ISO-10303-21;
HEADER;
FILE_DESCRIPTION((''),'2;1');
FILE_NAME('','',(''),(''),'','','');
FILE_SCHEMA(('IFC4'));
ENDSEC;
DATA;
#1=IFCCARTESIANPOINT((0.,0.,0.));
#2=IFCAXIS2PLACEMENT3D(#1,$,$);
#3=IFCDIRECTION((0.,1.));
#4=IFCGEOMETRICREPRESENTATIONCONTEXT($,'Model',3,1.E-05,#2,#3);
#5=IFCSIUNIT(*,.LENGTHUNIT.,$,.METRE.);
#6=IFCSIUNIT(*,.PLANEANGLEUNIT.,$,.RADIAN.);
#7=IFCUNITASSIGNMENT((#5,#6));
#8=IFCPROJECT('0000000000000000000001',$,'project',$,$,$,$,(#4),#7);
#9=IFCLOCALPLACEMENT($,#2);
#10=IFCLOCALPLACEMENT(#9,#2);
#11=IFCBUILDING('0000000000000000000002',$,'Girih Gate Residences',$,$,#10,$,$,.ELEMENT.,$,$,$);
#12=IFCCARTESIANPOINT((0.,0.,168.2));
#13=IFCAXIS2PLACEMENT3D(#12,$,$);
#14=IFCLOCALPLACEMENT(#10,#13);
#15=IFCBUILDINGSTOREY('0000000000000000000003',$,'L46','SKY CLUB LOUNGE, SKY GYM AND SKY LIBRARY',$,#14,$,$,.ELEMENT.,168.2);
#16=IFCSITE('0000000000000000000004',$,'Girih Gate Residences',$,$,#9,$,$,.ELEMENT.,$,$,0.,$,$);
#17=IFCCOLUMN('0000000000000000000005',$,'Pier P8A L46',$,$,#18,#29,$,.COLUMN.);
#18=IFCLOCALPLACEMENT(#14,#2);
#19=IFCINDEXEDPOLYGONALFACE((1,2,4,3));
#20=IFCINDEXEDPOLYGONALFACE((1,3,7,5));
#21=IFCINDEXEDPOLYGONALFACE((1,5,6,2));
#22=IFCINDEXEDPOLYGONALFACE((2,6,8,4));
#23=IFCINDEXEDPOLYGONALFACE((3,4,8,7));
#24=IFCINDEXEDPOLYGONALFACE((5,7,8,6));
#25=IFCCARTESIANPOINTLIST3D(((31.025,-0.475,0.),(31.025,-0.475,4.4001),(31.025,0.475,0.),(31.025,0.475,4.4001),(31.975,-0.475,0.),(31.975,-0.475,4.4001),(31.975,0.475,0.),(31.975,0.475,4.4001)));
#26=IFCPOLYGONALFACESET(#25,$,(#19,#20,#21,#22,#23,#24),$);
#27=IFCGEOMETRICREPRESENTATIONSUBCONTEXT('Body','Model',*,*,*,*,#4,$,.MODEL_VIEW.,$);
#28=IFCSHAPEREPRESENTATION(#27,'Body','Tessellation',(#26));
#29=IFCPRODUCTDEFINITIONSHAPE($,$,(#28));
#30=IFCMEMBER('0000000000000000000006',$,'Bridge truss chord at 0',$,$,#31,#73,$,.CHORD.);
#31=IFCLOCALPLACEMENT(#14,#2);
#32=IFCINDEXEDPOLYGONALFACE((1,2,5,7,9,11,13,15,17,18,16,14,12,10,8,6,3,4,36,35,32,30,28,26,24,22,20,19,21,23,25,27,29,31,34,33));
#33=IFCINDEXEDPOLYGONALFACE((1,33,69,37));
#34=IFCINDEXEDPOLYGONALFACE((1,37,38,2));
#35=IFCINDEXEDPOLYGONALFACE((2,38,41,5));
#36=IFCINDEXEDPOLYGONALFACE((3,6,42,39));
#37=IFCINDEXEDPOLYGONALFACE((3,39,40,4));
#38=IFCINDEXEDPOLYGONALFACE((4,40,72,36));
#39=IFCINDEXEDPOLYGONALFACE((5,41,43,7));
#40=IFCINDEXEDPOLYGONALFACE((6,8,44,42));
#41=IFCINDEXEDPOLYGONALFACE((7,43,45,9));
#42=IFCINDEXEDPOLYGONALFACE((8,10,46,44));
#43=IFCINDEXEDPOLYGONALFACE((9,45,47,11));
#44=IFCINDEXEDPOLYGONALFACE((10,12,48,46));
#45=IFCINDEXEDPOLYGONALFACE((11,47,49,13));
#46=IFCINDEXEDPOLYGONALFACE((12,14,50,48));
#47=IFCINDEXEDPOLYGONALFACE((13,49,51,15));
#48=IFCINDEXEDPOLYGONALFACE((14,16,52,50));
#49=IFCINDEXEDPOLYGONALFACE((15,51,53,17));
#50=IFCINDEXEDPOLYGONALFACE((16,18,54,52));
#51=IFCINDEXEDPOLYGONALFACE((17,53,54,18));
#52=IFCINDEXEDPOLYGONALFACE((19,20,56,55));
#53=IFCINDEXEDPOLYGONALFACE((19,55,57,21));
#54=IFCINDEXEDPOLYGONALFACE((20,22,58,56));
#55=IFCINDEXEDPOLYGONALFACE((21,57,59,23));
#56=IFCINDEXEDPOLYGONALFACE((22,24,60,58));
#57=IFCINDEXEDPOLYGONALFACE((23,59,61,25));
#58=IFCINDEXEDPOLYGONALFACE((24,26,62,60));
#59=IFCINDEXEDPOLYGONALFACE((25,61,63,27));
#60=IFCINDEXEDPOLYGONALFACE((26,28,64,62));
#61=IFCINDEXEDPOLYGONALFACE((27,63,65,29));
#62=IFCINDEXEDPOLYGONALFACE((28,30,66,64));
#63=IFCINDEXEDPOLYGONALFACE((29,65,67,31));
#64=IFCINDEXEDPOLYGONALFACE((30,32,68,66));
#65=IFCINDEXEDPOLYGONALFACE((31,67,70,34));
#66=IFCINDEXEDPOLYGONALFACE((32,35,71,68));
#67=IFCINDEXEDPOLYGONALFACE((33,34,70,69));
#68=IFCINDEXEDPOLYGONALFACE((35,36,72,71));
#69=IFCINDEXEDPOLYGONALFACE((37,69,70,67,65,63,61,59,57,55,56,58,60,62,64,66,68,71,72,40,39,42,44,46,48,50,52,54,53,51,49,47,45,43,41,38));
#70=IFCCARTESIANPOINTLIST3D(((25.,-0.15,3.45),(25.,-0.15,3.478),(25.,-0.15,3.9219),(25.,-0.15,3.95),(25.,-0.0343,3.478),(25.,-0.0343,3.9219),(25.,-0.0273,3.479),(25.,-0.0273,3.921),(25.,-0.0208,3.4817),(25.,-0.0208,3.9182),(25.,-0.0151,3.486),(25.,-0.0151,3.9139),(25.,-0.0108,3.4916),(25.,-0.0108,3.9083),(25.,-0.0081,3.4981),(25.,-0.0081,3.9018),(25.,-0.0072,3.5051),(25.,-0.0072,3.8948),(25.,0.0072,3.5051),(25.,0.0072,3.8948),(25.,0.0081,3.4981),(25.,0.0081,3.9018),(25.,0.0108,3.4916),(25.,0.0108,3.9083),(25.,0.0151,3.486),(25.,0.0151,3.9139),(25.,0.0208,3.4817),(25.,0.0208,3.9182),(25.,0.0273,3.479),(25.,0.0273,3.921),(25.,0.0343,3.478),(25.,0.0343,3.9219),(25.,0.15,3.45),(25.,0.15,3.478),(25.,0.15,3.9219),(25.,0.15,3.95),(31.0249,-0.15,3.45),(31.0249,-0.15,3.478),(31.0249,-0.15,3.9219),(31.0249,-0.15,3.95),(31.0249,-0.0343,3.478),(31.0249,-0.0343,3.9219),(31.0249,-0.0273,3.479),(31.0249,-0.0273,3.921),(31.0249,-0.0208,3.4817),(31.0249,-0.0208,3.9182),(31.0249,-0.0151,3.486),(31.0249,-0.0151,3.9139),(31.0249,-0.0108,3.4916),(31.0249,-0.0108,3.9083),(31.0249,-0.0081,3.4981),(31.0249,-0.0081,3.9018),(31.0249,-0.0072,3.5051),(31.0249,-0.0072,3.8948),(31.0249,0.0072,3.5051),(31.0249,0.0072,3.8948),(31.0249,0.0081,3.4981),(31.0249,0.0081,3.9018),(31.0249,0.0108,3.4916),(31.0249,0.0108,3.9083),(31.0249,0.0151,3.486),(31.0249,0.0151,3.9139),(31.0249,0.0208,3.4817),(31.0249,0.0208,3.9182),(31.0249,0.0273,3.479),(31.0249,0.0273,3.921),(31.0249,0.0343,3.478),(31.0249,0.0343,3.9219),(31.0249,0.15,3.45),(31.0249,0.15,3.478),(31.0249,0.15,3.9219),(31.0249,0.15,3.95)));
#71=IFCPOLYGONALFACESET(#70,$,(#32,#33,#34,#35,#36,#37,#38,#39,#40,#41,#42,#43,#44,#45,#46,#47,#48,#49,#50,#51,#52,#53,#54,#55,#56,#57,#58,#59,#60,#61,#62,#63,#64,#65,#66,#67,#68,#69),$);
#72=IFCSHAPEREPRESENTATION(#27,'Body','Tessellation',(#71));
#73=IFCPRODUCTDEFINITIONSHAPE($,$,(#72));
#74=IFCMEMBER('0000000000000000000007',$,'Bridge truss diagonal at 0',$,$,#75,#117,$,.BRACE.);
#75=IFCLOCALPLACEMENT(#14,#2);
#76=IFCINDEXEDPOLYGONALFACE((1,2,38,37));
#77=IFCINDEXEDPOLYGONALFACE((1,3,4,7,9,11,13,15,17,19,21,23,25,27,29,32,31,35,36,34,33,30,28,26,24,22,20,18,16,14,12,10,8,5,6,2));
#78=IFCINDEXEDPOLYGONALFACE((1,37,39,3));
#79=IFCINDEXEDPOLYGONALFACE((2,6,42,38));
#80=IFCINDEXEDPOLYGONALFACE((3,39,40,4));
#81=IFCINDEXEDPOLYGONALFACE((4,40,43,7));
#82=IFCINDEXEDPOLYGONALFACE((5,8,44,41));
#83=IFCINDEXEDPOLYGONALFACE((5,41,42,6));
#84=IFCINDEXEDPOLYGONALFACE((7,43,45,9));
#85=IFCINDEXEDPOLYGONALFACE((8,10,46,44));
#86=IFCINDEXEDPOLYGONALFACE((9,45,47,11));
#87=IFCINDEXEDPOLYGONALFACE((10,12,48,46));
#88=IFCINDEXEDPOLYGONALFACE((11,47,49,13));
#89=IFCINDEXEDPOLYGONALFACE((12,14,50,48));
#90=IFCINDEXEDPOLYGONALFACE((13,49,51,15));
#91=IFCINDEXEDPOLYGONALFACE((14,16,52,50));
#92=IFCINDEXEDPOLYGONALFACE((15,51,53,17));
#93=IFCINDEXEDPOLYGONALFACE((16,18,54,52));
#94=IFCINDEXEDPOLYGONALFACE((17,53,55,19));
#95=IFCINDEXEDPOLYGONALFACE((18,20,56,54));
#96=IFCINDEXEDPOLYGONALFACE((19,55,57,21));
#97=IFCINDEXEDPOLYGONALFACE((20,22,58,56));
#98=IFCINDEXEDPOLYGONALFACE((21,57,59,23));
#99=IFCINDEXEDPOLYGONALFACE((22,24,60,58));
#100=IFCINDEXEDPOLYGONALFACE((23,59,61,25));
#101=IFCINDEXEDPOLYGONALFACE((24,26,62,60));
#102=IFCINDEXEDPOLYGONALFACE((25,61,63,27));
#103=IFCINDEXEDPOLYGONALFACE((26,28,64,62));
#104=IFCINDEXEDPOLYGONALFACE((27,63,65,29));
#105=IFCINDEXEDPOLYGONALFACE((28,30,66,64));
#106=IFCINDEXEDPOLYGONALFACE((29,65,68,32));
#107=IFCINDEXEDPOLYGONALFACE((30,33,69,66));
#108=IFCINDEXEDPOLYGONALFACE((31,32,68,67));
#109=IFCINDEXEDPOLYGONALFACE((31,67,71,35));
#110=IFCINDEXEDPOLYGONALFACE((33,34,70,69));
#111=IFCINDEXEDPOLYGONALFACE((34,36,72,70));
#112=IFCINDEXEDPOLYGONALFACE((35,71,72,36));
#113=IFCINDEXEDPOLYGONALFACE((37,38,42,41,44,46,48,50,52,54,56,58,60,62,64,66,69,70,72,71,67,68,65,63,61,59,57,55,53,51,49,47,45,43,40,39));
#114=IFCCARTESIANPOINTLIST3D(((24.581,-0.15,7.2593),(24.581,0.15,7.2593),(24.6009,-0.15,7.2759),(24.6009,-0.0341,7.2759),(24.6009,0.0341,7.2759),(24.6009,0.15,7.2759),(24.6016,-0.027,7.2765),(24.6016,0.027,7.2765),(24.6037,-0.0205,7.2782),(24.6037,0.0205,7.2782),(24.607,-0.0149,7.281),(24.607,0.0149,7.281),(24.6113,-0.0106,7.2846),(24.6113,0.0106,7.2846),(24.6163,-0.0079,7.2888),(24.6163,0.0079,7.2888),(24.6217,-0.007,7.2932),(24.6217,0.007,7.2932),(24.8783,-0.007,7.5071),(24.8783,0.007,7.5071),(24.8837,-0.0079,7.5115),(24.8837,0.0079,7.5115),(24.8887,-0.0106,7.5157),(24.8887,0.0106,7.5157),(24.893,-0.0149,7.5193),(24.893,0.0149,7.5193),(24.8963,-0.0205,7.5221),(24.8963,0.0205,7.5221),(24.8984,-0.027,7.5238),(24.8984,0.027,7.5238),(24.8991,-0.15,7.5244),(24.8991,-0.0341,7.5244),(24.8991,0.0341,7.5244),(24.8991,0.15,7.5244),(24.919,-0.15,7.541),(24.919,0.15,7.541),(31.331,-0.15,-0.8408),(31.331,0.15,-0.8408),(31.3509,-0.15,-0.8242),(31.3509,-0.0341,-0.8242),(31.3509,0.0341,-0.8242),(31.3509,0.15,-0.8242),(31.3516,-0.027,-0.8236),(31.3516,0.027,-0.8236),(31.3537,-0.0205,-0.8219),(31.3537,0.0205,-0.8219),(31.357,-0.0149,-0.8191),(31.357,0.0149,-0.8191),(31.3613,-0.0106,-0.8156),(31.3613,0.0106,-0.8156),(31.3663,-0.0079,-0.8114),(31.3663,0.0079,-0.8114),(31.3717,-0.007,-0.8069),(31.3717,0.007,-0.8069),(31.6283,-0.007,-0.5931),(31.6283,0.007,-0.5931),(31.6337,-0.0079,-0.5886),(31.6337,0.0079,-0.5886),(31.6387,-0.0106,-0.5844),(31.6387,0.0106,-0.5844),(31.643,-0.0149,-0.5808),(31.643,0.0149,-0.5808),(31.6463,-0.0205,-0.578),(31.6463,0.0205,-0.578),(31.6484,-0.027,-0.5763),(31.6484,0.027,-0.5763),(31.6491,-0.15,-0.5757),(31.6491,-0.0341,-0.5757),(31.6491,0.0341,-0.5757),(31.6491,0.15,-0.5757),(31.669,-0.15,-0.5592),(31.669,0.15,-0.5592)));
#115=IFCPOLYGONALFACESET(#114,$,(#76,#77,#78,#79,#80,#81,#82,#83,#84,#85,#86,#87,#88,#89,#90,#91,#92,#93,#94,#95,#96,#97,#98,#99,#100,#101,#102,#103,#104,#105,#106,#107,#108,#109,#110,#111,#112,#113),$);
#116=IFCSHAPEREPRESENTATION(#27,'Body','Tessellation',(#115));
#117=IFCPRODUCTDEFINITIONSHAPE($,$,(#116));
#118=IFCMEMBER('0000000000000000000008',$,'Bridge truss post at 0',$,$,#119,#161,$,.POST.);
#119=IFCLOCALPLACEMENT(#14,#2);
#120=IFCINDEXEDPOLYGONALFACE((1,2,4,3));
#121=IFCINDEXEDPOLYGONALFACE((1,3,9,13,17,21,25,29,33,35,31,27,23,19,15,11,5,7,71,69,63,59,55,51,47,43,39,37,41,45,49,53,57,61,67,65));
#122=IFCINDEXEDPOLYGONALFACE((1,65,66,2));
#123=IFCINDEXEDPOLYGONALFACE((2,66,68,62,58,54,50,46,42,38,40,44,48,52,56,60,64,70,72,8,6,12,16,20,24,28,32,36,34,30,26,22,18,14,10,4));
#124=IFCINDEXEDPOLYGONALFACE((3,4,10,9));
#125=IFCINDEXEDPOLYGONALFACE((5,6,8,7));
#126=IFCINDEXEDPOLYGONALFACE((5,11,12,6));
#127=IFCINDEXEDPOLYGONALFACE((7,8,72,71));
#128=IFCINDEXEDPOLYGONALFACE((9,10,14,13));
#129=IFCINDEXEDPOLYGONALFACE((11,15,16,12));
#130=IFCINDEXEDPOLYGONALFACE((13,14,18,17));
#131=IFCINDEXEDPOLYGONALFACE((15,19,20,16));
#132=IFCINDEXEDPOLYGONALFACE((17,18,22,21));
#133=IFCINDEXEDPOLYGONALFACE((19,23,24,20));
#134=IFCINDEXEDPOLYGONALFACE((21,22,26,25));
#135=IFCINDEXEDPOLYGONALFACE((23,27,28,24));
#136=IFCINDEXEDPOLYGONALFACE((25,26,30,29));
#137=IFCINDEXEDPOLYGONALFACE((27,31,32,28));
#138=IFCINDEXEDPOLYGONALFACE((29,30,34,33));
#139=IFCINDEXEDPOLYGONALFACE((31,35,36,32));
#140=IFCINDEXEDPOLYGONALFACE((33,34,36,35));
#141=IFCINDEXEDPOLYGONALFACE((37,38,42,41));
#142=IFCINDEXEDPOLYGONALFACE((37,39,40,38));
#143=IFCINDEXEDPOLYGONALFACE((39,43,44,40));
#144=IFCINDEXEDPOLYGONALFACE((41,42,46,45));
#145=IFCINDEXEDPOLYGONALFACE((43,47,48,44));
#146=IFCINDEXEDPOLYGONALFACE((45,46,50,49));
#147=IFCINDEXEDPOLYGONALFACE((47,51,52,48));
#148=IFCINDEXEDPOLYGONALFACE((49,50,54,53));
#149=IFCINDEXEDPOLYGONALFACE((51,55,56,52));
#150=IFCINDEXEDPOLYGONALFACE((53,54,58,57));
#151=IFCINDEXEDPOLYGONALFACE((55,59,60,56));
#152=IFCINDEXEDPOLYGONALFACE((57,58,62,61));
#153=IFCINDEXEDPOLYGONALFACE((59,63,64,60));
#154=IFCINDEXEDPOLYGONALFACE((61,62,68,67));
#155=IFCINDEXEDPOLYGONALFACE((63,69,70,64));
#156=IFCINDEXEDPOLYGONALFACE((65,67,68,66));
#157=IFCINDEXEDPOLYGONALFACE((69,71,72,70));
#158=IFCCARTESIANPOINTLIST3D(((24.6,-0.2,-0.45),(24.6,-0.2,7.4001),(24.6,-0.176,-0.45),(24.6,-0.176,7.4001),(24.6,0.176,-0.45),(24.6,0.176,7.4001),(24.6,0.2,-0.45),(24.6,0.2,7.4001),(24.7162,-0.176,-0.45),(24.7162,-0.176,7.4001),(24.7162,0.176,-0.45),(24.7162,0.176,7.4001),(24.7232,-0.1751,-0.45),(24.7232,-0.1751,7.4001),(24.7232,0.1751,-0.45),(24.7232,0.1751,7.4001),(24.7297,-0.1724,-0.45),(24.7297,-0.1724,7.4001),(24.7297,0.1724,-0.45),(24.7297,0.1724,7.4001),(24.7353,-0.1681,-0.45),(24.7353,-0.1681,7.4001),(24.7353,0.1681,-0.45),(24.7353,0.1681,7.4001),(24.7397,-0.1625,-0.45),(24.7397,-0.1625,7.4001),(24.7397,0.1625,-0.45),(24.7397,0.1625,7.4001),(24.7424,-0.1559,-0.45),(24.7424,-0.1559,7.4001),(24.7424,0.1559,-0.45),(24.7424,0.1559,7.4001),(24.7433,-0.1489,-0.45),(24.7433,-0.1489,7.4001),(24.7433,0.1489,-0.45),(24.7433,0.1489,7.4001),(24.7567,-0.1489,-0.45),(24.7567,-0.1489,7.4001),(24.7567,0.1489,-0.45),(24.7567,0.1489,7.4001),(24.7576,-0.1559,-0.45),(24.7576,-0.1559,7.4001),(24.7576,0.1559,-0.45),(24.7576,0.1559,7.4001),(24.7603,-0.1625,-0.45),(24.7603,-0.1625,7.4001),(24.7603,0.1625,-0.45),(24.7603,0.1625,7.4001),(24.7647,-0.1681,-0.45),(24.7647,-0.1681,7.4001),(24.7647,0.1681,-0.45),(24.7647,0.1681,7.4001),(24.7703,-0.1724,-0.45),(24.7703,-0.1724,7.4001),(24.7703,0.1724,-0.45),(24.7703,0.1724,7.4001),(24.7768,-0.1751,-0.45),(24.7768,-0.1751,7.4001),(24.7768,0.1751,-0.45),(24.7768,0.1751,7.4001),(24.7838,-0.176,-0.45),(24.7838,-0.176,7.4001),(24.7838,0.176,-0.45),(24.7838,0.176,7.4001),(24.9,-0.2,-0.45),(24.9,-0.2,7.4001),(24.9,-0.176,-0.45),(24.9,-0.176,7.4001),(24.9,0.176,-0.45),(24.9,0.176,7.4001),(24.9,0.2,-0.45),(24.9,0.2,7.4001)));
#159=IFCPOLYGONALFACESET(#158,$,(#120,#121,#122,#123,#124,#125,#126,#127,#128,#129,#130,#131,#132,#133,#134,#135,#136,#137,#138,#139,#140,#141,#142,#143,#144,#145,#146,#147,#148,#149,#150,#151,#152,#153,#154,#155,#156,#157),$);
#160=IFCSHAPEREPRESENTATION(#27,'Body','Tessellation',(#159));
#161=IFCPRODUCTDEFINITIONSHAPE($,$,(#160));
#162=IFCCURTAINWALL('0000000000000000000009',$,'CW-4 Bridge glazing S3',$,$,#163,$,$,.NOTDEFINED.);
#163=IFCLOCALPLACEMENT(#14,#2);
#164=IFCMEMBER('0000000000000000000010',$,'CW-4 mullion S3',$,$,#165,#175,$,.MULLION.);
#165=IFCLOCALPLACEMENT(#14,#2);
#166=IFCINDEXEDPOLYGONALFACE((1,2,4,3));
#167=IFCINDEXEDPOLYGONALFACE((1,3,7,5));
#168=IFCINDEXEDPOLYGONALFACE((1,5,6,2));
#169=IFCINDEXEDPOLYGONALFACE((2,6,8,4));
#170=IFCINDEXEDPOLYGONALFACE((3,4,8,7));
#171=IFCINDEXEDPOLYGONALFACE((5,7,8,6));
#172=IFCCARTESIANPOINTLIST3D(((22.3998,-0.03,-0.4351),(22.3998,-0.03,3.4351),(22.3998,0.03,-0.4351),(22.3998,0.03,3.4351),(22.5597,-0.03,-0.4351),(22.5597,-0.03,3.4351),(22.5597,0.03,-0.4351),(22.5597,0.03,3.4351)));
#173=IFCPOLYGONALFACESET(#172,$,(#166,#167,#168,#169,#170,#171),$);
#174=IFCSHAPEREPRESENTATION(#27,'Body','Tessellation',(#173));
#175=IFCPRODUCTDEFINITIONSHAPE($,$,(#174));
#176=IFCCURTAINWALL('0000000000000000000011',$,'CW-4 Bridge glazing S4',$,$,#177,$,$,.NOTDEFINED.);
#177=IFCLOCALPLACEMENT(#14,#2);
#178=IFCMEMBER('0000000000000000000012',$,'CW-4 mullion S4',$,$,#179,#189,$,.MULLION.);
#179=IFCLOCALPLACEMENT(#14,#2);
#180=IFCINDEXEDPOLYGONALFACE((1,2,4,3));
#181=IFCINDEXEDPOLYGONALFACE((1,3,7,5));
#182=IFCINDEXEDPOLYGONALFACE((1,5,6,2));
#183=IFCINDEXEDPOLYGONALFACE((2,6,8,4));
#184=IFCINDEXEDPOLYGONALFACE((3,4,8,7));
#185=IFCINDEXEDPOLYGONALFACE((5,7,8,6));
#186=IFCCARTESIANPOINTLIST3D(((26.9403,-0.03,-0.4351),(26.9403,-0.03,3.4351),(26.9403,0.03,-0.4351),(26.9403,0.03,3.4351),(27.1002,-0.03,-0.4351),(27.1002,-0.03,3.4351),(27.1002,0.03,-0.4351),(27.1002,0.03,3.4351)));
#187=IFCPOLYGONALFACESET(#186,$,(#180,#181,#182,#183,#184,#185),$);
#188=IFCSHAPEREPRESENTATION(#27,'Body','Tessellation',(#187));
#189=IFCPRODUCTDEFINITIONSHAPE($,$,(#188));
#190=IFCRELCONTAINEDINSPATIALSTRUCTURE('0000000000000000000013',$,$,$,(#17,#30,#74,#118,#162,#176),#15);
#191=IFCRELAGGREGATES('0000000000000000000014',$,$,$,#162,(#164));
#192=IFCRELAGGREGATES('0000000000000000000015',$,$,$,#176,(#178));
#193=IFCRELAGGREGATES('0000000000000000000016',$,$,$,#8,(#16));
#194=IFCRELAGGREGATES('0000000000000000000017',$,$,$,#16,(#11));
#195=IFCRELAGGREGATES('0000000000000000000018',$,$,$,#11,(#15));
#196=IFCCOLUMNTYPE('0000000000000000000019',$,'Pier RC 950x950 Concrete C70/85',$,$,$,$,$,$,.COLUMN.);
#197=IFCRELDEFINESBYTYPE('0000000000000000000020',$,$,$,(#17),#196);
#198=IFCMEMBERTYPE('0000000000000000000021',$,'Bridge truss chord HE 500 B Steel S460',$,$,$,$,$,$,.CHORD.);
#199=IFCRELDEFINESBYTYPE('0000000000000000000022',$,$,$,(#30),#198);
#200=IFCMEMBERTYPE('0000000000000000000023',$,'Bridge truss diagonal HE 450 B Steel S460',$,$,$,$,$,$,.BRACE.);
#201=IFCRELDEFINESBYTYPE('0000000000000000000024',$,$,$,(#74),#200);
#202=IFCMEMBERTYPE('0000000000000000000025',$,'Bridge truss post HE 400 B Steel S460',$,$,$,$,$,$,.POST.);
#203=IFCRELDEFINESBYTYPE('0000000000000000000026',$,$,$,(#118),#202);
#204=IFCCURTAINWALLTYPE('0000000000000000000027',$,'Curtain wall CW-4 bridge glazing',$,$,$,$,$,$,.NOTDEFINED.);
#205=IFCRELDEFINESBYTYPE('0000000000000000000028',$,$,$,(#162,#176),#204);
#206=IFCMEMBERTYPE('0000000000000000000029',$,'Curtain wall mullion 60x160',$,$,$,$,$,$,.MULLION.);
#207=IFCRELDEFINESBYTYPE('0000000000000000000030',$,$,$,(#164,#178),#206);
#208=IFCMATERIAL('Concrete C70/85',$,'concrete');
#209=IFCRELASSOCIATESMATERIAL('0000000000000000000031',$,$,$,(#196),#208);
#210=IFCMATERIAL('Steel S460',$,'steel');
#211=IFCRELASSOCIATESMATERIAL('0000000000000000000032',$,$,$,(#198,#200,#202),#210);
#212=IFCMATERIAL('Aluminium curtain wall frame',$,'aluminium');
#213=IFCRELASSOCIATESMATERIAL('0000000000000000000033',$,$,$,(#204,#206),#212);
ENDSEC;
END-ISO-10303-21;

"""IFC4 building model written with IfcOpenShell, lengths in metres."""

from ifc_helpers import new_model, si_unit, direction, frame, origin, origin_2d, place, context, subcontext, project, spatial, rectangle, i_section, extrude, material, material_profile, profile_set, type_object, element, aggregate, save


model = new_model("IFC4")

# Units and contexts
model_context = context("Model", 3, precision=1e-05, world=origin(), true_north=direction((0.0, 1.0)))
body_context = subcontext(model_context, "Body", "Model", "MODEL_VIEW")
ifc_project = project(units=[si_unit("LENGTHUNIT", "METRE"), si_unit("PLANEANGLEUNIT", "RADIAN")], contexts=[model_context])

# Site, building, storey
site_placement = place(None, origin())
site = spatial("IfcSite", under=ifc_project, at=site_placement, Name="Girih Gate Residences", CompositionType="ELEMENT", RefElevation=0.0)
building_placement = place(site_placement, origin())
building = spatial("IfcBuilding", under=site, at=building_placement, Name="Girih Gate Residences", CompositionType="ELEMENT")
storey_placement = place(building_placement, frame((0.0, 0.0, 168.2)))
storey = spatial("IfcBuildingStorey", under=building, at=storey_placement, Name="L46", Description="SKY CLUB LOUNGE, SKY GYM AND SKY LIBRARY", CompositionType="ELEMENT", Elevation=168.2)

# Column
ifc_material_1 = material(Name="Concrete C70/85", Category="concrete")
ifc_material_profile_1 = material_profile(ifc_material_1, rectangle(XDim=0.95, YDim=0.95, at=origin_2d()))
ifc_profile_set_1 = profile_set([ifc_material_profile_1], Name="Concrete C70/85")
column_type = type_object("IfcColumnType", Name="Pier RC 950x950 Concrete C70/85", PredefinedType="COLUMN", material=ifc_profile_set_1)
column_placement = place(storey_placement, frame((31.5, 0.0, 0.0), z_axis=(0.0, 0.0, 1.0), x_axis=(1.0, 0.0, 0.0)))
element("IfcColumn", 1, at=column_placement, inside=storey, type_object=column_type, Name="Pier P8A L46", PredefinedType="COLUMN", context=body_context, shape_type="SweptSolid", body=[
    extrude(rectangle(XDim=0.95, YDim=0.95, at=origin_2d()), origin(), (0.0, 0.0, 1.0), 4.4001),
])

# Members
ifc_material_2 = material(Name="Steel S460", Category="steel")
ifc_material_profile_2 = material_profile(ifc_material_2, i_section(OverallWidth=0.3, OverallDepth=0.5, WebThickness=0.0144, FlangeThickness=0.0281, FilletRadius=0.0271, at=origin_2d()))
ifc_profile_set_2 = profile_set([ifc_material_profile_2], Name="Steel S460")
member_type_1 = type_object("IfcMemberType", Name="Bridge truss chord HE 500 B Steel S460", PredefinedType="CHORD", material=ifc_profile_set_2)
member_1_placement = place(storey_placement, frame((25.0, 0.0, 3.7), z_axis=(1.0, 0.0, 0.0), x_axis=(0.0, 1.0, 0.0)))
element("IfcMember", 2, at=member_1_placement, inside=storey, type_object=member_type_1, Name="Bridge truss chord at 0", PredefinedType="CHORD", context=body_context, shape_type="SweptSolid", body=[
    extrude(i_section(OverallWidth=0.3, OverallDepth=0.5, WebThickness=0.0144, FlangeThickness=0.0281, FilletRadius=0.0271, at=origin_2d()), origin(), (0.0, 0.0, 1.0), 6.0249),
])
ifc_material_profile_3 = material_profile(ifc_material_2, i_section(OverallWidth=0.3, OverallDepth=0.4399, WebThickness=0.0139, FlangeThickness=0.0259, FilletRadius=0.0271, at=origin_2d()))
ifc_profile_set_3 = profile_set([ifc_material_profile_3], Name="Steel S460")
member_type_2 = type_object("IfcMemberType", Name="Bridge truss diagonal HE 450 B Steel S460", PredefinedType="BRACE", material=ifc_profile_set_3)
member_2_placement = place(storey_placement, frame((24.75, 0.0, 7.4001), z_axis=(0.64018, 0.0, -0.768225), x_axis=(0.0, 1.0, 0.0)))
element("IfcMember", 3, at=member_2_placement, inside=storey, type_object=member_type_2, Name="Bridge truss diagonal at 0", PredefinedType="BRACE", context=body_context, shape_type="SweptSolid", body=[
    extrude(i_section(OverallWidth=0.3, OverallDepth=0.4399, WebThickness=0.0139, FlangeThickness=0.0259, FilletRadius=0.0271, at=origin_2d()), origin(), (0.0, 0.0, 1.0), 10.5439),
])
ifc_material_profile_4 = material_profile(ifc_material_2, i_section(OverallWidth=0.3, OverallDepth=0.3999, WebThickness=0.0134, FlangeThickness=0.0239, FilletRadius=0.0271, at=origin_2d()))
ifc_profile_set_4 = profile_set([ifc_material_profile_4], Name="Steel S460")
member_type_3 = type_object("IfcMemberType", Name="Bridge truss post HE 400 B Steel S460", PredefinedType="POST", material=ifc_profile_set_4)
member_3_placement = place(storey_placement, frame((24.75, 0.0, -0.45), z_axis=(0.0, 0.0, 1.0), x_axis=(1.0, 0.0, 0.0)))
element("IfcMember", 4, at=member_3_placement, inside=storey, type_object=member_type_3, Name="Bridge truss post at 0", PredefinedType="POST", context=body_context, shape_type="SweptSolid", body=[
    extrude(i_section(OverallWidth=0.3, OverallDepth=0.3999, WebThickness=0.0134, FlangeThickness=0.0239, FilletRadius=0.0271, at=origin_2d()), origin(), (0.0, 0.0, 1.0), 7.8501),
])

# Curtain walls, members
ifc_material_3 = material(Name="Aluminium curtain wall frame", Category="aluminium")
curtain_wall_type = type_object("IfcCurtainWallType", Name="Curtain wall CW-4 bridge glazing", PredefinedType="NOTDEFINED", material=ifc_material_3)
curtain_wall_1_placement = place(storey_placement, origin())
curtain_wall_1 = element("IfcCurtainWall", 5, at=curtain_wall_1_placement, inside=storey, type_object=curtain_wall_type, Name="CW-4 Bridge glazing S3", PredefinedType="NOTDEFINED")
ifc_material_profile_5 = material_profile(ifc_material_3, rectangle(XDim=0.0601, YDim=0.1599, at=origin_2d()))
ifc_profile_set_5 = profile_set([ifc_material_profile_5], Name="Aluminium curtain wall frame")
member_type_4 = type_object("IfcMemberType", Name="Curtain wall mullion 60x160", PredefinedType="MULLION", material=ifc_profile_set_5)
member_4_placement = place(storey_placement, frame((22.4797, 0.0, -0.4351), z_axis=(0.0, 0.0, 1.0), x_axis=(0.0, 1.0, 0.0)))
member_4 = element("IfcMember", 6, at=member_4_placement, type_object=member_type_4, Name="CW-4 mullion S3", PredefinedType="MULLION", context=body_context, shape_type="SweptSolid", body=[
    extrude(rectangle(XDim=0.0601, YDim=0.1599, at=origin_2d()), origin(), (0.0, 0.0, 1.0), 3.8701),
])
curtain_wall_2_placement = place(storey_placement, origin())
curtain_wall_2 = element("IfcCurtainWall", 7, at=curtain_wall_2_placement, inside=storey, type_object=curtain_wall_type, Name="CW-4 Bridge glazing S4", PredefinedType="NOTDEFINED")
member_5_placement = place(storey_placement, frame((27.0203, 0.0, -0.4351), z_axis=(0.0, 0.0, 1.0), x_axis=(0.0, 1.0, 0.0)))
member_5 = element("IfcMember", 8, at=member_5_placement, type_object=member_type_4, Name="CW-4 mullion S4", PredefinedType="MULLION", context=body_context, shape_type="SweptSolid", body=[
    extrude(rectangle(XDim=0.0601, YDim=0.1599, at=origin_2d()), origin(), (0.0, 0.0, 1.0), 3.8701),
])

aggregate(curtain_wall_1, [member_4])
aggregate(curtain_wall_2, [member_5])

save(model, "model.ifc")
